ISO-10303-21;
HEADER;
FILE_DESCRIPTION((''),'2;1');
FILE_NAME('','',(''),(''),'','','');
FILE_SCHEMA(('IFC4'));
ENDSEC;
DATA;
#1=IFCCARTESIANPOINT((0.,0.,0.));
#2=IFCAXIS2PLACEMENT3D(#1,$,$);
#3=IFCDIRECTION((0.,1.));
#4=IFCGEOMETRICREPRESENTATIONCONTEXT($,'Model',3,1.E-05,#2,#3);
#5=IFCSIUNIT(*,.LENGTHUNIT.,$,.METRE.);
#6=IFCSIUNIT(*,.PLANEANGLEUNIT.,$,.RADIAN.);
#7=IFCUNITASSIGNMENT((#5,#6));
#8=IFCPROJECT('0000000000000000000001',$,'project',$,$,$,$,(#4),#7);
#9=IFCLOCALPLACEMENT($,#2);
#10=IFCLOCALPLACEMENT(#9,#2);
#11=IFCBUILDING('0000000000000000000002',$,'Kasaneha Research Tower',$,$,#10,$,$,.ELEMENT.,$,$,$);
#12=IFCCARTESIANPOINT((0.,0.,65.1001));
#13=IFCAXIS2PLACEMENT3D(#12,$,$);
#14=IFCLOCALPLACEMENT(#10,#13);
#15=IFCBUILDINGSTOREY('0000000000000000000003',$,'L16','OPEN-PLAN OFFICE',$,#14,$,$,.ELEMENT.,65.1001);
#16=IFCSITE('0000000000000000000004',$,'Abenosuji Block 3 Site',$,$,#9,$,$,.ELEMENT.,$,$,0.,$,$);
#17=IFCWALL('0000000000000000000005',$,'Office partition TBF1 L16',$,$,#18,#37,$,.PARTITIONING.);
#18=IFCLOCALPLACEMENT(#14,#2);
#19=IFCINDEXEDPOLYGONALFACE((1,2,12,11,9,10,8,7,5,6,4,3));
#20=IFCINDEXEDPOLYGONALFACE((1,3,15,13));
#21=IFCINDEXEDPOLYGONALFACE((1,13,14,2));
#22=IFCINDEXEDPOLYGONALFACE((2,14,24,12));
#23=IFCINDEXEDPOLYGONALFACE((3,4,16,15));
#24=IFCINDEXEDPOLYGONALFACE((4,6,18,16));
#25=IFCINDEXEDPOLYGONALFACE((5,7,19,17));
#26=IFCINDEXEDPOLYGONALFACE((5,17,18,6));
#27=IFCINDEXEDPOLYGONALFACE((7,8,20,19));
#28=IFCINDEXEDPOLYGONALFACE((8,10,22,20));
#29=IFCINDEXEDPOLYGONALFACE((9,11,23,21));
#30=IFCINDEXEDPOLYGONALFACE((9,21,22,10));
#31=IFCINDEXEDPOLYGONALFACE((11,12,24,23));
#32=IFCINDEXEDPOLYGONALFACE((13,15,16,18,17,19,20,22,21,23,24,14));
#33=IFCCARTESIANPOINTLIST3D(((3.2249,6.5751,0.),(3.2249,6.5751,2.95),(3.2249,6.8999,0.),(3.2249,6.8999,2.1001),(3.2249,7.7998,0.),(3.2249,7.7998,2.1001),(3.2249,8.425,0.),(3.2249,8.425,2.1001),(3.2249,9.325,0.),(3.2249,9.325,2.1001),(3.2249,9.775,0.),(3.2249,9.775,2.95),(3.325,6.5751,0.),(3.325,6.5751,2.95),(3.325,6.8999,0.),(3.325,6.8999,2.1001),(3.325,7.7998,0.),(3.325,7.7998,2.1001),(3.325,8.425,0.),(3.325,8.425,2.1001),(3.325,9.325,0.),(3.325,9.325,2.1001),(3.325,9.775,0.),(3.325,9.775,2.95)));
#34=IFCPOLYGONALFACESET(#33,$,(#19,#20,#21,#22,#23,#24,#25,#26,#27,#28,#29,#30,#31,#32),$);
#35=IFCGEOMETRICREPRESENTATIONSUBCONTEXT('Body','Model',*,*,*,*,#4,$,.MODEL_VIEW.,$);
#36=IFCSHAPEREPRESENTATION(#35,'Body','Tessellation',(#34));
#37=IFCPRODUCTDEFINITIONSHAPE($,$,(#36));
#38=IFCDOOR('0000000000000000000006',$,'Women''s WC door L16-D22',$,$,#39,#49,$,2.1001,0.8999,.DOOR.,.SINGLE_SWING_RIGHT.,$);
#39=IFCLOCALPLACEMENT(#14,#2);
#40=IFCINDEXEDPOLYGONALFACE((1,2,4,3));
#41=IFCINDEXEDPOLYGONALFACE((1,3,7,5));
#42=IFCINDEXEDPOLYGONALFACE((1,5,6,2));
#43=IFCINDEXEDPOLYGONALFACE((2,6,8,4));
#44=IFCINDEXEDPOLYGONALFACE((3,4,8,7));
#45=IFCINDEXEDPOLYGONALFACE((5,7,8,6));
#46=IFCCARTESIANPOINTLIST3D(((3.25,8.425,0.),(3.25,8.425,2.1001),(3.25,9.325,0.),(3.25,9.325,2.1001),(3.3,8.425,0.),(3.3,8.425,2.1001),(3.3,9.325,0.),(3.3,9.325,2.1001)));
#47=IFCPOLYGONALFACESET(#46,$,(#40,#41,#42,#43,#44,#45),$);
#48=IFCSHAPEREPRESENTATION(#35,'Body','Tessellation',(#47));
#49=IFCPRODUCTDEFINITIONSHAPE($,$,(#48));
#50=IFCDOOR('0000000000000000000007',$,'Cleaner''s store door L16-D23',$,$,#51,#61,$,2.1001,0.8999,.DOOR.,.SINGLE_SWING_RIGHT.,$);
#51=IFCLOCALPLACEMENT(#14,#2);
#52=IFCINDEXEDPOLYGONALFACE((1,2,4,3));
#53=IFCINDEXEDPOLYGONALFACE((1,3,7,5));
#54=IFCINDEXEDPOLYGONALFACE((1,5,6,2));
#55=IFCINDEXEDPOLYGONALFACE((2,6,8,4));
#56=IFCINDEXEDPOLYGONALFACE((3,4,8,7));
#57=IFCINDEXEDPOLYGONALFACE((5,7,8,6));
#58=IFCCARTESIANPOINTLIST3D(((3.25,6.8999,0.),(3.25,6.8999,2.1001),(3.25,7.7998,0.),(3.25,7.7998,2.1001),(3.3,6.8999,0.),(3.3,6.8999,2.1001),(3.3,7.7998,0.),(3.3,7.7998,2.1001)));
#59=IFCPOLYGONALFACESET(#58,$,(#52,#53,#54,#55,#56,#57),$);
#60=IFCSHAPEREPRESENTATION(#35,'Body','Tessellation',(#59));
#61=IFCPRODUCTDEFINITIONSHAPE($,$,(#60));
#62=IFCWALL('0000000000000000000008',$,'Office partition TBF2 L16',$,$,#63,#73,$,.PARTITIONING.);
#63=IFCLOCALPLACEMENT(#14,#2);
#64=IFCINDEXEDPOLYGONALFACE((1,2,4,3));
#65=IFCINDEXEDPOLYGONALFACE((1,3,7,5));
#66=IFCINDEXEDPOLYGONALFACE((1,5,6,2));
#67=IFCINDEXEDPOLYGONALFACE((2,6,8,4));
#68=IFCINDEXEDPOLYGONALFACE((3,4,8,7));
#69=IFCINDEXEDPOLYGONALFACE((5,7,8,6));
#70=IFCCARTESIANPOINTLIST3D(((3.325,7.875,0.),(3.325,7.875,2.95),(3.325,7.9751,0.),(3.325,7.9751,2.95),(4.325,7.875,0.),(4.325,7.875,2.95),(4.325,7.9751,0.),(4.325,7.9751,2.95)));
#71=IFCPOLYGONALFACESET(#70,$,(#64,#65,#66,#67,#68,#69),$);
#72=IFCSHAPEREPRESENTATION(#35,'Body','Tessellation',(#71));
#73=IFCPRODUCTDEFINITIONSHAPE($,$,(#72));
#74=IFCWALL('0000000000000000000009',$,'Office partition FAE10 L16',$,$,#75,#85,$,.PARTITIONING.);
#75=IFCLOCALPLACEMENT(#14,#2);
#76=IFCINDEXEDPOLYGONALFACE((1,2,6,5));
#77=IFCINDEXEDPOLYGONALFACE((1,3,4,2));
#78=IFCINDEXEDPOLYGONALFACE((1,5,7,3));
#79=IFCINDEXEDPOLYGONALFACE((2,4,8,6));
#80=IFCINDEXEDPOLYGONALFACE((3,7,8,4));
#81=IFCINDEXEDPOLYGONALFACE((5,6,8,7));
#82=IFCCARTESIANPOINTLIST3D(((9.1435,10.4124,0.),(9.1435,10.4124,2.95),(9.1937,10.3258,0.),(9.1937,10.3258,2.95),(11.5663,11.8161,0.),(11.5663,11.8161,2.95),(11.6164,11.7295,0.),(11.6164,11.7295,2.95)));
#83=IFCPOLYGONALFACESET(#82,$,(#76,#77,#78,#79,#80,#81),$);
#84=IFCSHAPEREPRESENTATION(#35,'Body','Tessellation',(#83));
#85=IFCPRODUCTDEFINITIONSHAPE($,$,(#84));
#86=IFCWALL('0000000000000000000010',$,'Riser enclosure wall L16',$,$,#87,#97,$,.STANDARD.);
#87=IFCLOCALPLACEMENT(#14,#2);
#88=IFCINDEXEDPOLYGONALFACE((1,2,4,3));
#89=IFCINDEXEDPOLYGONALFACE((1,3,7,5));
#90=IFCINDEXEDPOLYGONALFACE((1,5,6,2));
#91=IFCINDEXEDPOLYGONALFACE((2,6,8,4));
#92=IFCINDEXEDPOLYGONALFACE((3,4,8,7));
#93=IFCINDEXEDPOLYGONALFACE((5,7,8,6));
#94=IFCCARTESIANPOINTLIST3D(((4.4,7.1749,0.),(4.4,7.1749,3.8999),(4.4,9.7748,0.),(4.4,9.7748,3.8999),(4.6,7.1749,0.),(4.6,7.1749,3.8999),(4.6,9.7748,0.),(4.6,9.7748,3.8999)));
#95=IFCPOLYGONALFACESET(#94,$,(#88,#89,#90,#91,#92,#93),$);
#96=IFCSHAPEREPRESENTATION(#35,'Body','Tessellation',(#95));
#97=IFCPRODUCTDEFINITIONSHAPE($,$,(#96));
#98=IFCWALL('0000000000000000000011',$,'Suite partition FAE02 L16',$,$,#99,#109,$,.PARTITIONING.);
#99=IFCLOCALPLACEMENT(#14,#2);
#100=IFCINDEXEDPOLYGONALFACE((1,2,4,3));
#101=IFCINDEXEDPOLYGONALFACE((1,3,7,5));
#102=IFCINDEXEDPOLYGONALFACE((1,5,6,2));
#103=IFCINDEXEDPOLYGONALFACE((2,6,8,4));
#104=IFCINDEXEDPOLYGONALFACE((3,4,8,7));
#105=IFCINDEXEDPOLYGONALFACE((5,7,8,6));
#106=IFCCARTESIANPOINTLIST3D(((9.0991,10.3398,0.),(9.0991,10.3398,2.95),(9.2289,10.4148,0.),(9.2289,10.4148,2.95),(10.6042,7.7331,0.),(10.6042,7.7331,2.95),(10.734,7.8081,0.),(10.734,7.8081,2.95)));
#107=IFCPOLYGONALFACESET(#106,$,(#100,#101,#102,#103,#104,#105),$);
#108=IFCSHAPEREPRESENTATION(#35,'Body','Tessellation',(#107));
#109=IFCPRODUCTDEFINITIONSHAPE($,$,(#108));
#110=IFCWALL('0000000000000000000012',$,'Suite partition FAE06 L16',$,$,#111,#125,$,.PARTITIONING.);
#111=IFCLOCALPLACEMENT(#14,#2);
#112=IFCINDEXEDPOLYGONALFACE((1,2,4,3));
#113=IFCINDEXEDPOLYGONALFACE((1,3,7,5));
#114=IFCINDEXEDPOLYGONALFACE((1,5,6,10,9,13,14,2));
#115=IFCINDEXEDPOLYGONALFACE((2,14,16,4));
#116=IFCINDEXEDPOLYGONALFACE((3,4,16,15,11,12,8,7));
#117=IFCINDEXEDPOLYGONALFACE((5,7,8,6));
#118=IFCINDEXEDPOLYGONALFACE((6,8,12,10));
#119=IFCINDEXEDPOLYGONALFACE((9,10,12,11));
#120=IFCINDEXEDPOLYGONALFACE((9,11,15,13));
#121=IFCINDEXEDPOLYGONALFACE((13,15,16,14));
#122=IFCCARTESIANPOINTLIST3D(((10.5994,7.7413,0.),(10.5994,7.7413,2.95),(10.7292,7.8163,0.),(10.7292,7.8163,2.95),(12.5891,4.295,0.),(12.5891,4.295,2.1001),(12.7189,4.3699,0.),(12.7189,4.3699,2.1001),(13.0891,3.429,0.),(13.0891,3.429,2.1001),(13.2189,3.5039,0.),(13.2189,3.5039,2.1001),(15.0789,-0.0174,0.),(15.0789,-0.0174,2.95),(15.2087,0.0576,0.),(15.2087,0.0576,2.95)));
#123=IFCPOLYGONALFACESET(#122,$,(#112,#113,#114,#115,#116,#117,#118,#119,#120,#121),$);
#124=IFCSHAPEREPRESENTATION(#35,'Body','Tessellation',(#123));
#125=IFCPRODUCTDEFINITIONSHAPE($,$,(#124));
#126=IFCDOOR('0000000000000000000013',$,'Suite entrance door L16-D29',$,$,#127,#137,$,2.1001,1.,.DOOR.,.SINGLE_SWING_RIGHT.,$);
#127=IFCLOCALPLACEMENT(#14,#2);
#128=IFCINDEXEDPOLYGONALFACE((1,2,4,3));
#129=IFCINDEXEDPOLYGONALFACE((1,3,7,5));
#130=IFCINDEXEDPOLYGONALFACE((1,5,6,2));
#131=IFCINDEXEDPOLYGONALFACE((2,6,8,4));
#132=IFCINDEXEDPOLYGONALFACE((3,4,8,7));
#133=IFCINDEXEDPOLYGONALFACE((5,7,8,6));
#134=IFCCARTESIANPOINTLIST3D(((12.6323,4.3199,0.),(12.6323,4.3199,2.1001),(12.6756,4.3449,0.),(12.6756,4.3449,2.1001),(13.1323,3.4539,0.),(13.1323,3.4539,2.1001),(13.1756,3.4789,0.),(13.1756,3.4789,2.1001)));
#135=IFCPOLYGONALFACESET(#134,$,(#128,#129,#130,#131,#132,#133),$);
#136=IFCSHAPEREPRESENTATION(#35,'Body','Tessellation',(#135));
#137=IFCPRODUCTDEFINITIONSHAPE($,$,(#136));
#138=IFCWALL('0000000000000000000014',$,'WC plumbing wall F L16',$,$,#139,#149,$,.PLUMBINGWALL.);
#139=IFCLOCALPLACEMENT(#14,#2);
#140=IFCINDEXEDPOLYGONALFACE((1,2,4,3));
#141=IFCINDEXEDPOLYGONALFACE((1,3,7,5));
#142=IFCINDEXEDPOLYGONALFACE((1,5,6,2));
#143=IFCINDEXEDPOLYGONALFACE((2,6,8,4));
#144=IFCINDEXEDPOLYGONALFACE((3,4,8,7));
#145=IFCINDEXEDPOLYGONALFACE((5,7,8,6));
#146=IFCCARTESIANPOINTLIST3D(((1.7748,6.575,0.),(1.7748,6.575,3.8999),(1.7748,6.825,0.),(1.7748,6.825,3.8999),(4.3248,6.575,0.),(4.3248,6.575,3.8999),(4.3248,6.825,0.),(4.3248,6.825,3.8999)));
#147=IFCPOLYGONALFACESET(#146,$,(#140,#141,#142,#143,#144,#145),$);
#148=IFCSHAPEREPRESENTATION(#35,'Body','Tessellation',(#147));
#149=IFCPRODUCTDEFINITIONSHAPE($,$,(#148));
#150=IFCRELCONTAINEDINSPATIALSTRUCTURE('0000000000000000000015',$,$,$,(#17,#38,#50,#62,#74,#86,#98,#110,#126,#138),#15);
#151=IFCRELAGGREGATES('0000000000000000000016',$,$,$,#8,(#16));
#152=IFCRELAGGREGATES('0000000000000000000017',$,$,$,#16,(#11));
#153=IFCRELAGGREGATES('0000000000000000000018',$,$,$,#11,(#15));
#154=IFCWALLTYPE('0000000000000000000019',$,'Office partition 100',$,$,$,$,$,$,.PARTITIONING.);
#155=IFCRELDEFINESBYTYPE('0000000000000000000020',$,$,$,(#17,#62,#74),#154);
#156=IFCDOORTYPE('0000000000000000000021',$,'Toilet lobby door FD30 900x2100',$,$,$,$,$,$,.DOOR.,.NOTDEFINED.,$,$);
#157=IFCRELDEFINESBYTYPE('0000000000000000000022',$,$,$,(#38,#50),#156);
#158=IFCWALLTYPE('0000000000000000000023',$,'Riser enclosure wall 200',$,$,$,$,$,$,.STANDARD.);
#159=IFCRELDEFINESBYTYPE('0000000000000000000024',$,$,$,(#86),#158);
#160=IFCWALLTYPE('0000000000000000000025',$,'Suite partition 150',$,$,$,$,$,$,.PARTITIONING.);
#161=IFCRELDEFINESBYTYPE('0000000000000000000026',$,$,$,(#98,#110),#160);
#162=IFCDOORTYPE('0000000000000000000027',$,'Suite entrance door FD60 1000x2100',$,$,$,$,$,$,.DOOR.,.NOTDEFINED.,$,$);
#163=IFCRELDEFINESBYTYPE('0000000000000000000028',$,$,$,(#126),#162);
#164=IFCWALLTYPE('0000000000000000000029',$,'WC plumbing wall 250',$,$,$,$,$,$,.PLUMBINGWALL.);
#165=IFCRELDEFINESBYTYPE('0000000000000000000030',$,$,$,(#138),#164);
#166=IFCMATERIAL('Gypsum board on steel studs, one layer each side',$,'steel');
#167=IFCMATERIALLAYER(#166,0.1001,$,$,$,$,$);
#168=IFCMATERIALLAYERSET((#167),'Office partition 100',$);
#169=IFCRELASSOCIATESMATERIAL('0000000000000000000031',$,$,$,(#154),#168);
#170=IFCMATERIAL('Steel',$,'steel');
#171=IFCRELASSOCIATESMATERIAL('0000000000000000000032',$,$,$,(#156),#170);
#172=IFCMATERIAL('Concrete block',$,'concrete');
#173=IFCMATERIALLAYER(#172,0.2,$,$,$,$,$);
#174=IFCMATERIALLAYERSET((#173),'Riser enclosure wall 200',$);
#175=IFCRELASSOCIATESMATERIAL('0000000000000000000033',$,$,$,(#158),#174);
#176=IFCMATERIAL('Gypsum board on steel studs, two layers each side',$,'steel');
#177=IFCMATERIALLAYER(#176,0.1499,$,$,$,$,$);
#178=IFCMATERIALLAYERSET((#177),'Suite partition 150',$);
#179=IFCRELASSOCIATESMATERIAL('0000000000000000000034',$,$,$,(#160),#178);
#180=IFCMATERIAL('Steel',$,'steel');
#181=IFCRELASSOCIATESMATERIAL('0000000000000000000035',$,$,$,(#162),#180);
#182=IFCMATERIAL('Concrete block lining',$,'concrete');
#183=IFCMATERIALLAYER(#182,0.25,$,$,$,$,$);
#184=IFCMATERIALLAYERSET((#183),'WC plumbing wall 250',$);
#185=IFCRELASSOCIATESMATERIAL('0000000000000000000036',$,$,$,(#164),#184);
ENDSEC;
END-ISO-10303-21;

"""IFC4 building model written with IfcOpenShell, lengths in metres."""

from ifc_helpers import new_model, si_unit, direction, frame, frame_2d, origin, place, context, subcontext, project, spatial, rectangle, extrude, material, layer, layer_set, type_object, element, fill, save


model = new_model("IFC4")

# Units and contexts
model_context = context("Model", 3, precision=1e-05, world=origin(), true_north=direction((0.0, 1.0)))
body_context = subcontext(model_context, "Body", "Model", "MODEL_VIEW")
ifc_project = project(units=[si_unit("LENGTHUNIT", "METRE"), si_unit("PLANEANGLEUNIT", "RADIAN")], contexts=[model_context])

# Site, building, storey
site_placement = place(None, origin())
site = spatial("IfcSite", under=ifc_project, at=site_placement, Name="Abenosuji Block 3 Site", CompositionType="ELEMENT", RefElevation=0.0)
building_placement = place(site_placement, origin())
building = spatial("IfcBuilding", under=site, at=building_placement, Name="Kasaneha Research Tower", CompositionType="ELEMENT")
storey_placement = place(building_placement, frame((0.0, 0.0, 65.1001)))
storey = spatial("IfcBuildingStorey", under=building, at=storey_placement, Name="L16", Description="OPEN-PLAN OFFICE", CompositionType="ELEMENT", Elevation=65.1001)

# Wall, openings, doors
ifc_material_1 = material(Name="Gypsum board on steel studs, one layer each side", Category="steel")
ifc_layer_1 = layer(ifc_material_1, 0.1001)
ifc_layer_set_1 = layer_set([ifc_layer_1], Name="Office partition 100")
wall_type_1 = type_object("IfcWallType", Name="Office partition 100", PredefinedType="PARTITIONING", material=ifc_layer_set_1)
wall_1_placement = place(storey_placement, frame((3.2749, 6.575, 0.0), z_axis=(0.0, 0.0, 1.0), x_axis=(0.0, 1.0, 0.0)))
wall_1 = element("IfcWall", 1, at=wall_1_placement, inside=storey, type_object=wall_type_1, Name="Office partition TBF1 L16", PredefinedType="PARTITIONING", context=body_context, shape_type="SweptSolid", body=[
    extrude(rectangle(XDim=3.2, YDim=0.1001, at=frame_2d((1.6001, 0.0))), origin(), (0.0, 0.0, 1.0), 2.95),
])
opening_1_placement = place(wall_1_placement, frame((1.8501, 0.0, 0.0)))
opening_1 = element("IfcOpeningElement", 2, at=opening_1_placement, cuts=wall_1, PredefinedType="OPENING", context=body_context, shape_type="SweptSolid", body=[
    extrude(rectangle(XDim=0.8999, YDim=2.1001, at=frame_2d((0.45, 1.05))), frame((0.0, 0.0601, 0.0), z_axis=(0.0, -1.0, 0.0), x_axis=(1.0, 0.0, 0.0)), (0.0, 0.0, 1.0), 0.1201),
])
opening_2_placement = place(wall_1_placement, frame((0.325, 0.0, 0.0)))
opening_2 = element("IfcOpeningElement", 3, at=opening_2_placement, cuts=wall_1, PredefinedType="OPENING", context=body_context, shape_type="SweptSolid", body=[
    extrude(rectangle(XDim=0.8999, YDim=2.1001, at=frame_2d((0.45, 1.05))), frame((0.0, 0.0601, 0.0), z_axis=(0.0, -1.0, 0.0), x_axis=(1.0, 0.0, 0.0)), (0.0, 0.0, 1.0), 0.1201),
])
ifc_material_2 = material(Name="Steel", Category="steel")
door_type_1 = type_object("IfcDoorType", Name="Toilet lobby door FD30 900x2100", OperationType="NOTDEFINED", PredefinedType="DOOR", material=ifc_material_2)
door_1_placement = place(opening_1_placement, origin())
door_1 = element("IfcDoor", 4, at=door_1_placement, inside=storey, type_object=door_type_1, Name="Women's WC door L16-D22", OperationType="SINGLE_SWING_RIGHT", OverallHeight=2.1001, OverallWidth=0.8999, PredefinedType="DOOR", context=body_context, shape_type="SweptSolid", body=[
    extrude(rectangle(XDim=0.8999, YDim=2.1001, at=frame_2d((0.45, 1.05))), frame((0.0, 0.0249, 0.0), z_axis=(0.0, -1.0, 0.0), x_axis=(1.0, 0.0, 0.0)), (0.0, 0.0, 1.0), 0.05),
])
fill(opening_1, door_1)
door_2_placement = place(opening_2_placement, origin())
door_2 = element("IfcDoor", 5, at=door_2_placement, inside=storey, type_object=door_type_1, Name="Cleaner's store door L16-D23", OperationType="SINGLE_SWING_RIGHT", OverallHeight=2.1001, OverallWidth=0.8999, PredefinedType="DOOR", context=body_context, shape_type="SweptSolid", body=[
    extrude(rectangle(XDim=0.8999, YDim=2.1001, at=frame_2d((0.45, 1.05))), frame((0.0, 0.0249, 0.0), z_axis=(0.0, -1.0, 0.0), x_axis=(1.0, 0.0, 0.0)), (0.0, 0.0, 1.0), 0.05),
])
fill(opening_2, door_2)

# Walls
wall_2_placement = place(storey_placement, frame((3.325, 7.925, 0.0), z_axis=(0.0, 0.0, 1.0), x_axis=(1.0, 0.0, 0.0)))
element("IfcWall", 6, at=wall_2_placement, inside=storey, type_object=wall_type_1, Name="Office partition TBF2 L16", PredefinedType="PARTITIONING", context=body_context, shape_type="SweptSolid", body=[
    extrude(rectangle(XDim=1.0, YDim=0.1001, at=frame_2d((0.5, 0.0))), origin(), (0.0, 0.0, 1.0), 2.95),
])
wall_3_placement = place(storey_placement, frame((9.1687, 10.3691, 0.0), z_axis=(0.0, 0.0, 1.0), x_axis=(0.865255, 0.501332, 0.0)))
element("IfcWall", 7, at=wall_3_placement, inside=storey, type_object=wall_type_1, Name="Office partition FAE10 L16", PredefinedType="PARTITIONING", context=body_context, shape_type="SweptSolid", body=[
    extrude(rectangle(XDim=2.8, YDim=0.1001, at=frame_2d((1.3999, 0.0))), origin(), (0.0, 0.0, 1.0), 2.95),
])
ifc_material_3 = material(Name="Concrete block", Category="concrete")
ifc_layer_2 = layer(ifc_material_3, 0.2)
ifc_layer_set_2 = layer_set([ifc_layer_2], Name="Riser enclosure wall 200")
wall_type_2 = type_object("IfcWallType", Name="Riser enclosure wall 200", PredefinedType="STANDARD", material=ifc_layer_set_2)
wall_4_placement = place(storey_placement, frame((4.5, 7.175, 0.0), z_axis=(0.0, 0.0, 1.0), x_axis=(0.0, 1.0, 0.0)))
element("IfcWall", 8, at=wall_4_placement, inside=storey, type_object=wall_type_2, Name="Riser enclosure wall L16", PredefinedType="STANDARD", context=body_context, shape_type="SweptSolid", body=[
    extrude(rectangle(XDim=2.5999, YDim=0.2, at=frame_2d((1.2998, 0.0))), origin(), (0.0, 0.0, 1.0), 3.8999),
])
ifc_material_4 = material(Name="Gypsum board on steel studs, two layers each side", Category="steel")
ifc_layer_3 = layer(ifc_material_4, 0.1499)
ifc_layer_set_3 = layer_set([ifc_layer_3], Name="Suite partition 150")
wall_type_3 = type_object("IfcWallType", Name="Suite partition 150", PredefinedType="PARTITIONING", material=ifc_layer_set_3)
wall_5_placement = place(storey_placement, frame((9.1641, 10.3772, 0.0), z_axis=(0.0, 0.0, 1.0), x_axis=(0.500038, -0.866003, 0.0)))
element("IfcWall", 9, at=wall_5_placement, inside=storey, type_object=wall_type_3, Name="Suite partition FAE02 L16", PredefinedType="PARTITIONING", context=body_context, shape_type="SweptSolid", body=[
    extrude(rectangle(XDim=3.01, YDim=0.1499, at=frame_2d((1.5049, 0.0))), origin(), (0.0, 0.0, 1.0), 2.95),
])

# Wall, opening, door
wall_6_placement = place(storey_placement, frame((10.6643, 7.7788, 0.0), z_axis=(0.0, 0.0, 1.0), x_axis=(0.499996, -0.866028, 0.0)))
wall_6 = element("IfcWall", 10, at=wall_6_placement, inside=storey, type_object=wall_type_3, Name="Suite partition FAE06 L16", PredefinedType="PARTITIONING", context=body_context, shape_type="SweptSolid", body=[
    extrude(rectangle(XDim=8.959, YDim=0.1499, at=frame_2d((4.4795, 0.0))), origin(), (0.0, 0.0, 1.0), 2.95),
])
opening_3_placement = place(wall_6_placement, frame((3.9795, 0.0, 0.0)))
opening_3 = element("IfcOpeningElement", 11, at=opening_3_placement, cuts=wall_6, PredefinedType="OPENING", context=body_context, shape_type="SweptSolid", body=[
    extrude(rectangle(XDim=1.0, YDim=2.1001, at=frame_2d((0.5, 1.05))), frame((0.0, 0.085, 0.0), z_axis=(0.0, -1.0, 0.0), x_axis=(1.0, 0.0, 0.0)), (0.0, 0.0, 1.0), 0.1699),
])
ifc_material_5 = material(Name="Steel", Category="steel")
door_type_2 = type_object("IfcDoorType", Name="Suite entrance door FD60 1000x2100", OperationType="NOTDEFINED", PredefinedType="DOOR", material=ifc_material_5)
door_3_placement = place(opening_3_placement, origin())
door_3 = element("IfcDoor", 12, at=door_3_placement, inside=storey, type_object=door_type_2, Name="Suite entrance door L16-D29", OperationType="SINGLE_SWING_RIGHT", OverallHeight=2.1001, OverallWidth=1.0, PredefinedType="DOOR", context=body_context, shape_type="SweptSolid", body=[
    extrude(rectangle(XDim=1.0, YDim=2.1001, at=frame_2d((0.5, 1.05))), frame((0.0, 0.0249, 0.0), z_axis=(0.0, -1.0, 0.0), x_axis=(1.0, 0.0, 0.0)), (0.0, 0.0, 1.0), 0.05),
])
fill(opening_3, door_3)

# Wall
ifc_material_6 = material(Name="Concrete block lining", Category="concrete")
ifc_layer_4 = layer(ifc_material_6, 0.25)
ifc_layer_set_4 = layer_set([ifc_layer_4], Name="WC plumbing wall 250")
wall_type_4 = type_object("IfcWallType", Name="WC plumbing wall 250", PredefinedType="PLUMBINGWALL", material=ifc_layer_set_4)
wall_7_placement = place(storey_placement, frame((1.7749, 6.7, 0.0), z_axis=(0.0, 0.0, 1.0), x_axis=(1.0, 0.0, 0.0)))
element("IfcWall", 13, at=wall_7_placement, inside=storey, type_object=wall_type_4, Name="WC plumbing wall F L16", PredefinedType="PLUMBINGWALL", context=body_context, shape_type="SweptSolid", body=[
    extrude(rectangle(XDim=2.55, YDim=0.25, at=frame_2d((1.2749, 0.0))), origin(), (0.0, 0.0, 1.0), 3.8999),
])

save(model, "model.ifc")
